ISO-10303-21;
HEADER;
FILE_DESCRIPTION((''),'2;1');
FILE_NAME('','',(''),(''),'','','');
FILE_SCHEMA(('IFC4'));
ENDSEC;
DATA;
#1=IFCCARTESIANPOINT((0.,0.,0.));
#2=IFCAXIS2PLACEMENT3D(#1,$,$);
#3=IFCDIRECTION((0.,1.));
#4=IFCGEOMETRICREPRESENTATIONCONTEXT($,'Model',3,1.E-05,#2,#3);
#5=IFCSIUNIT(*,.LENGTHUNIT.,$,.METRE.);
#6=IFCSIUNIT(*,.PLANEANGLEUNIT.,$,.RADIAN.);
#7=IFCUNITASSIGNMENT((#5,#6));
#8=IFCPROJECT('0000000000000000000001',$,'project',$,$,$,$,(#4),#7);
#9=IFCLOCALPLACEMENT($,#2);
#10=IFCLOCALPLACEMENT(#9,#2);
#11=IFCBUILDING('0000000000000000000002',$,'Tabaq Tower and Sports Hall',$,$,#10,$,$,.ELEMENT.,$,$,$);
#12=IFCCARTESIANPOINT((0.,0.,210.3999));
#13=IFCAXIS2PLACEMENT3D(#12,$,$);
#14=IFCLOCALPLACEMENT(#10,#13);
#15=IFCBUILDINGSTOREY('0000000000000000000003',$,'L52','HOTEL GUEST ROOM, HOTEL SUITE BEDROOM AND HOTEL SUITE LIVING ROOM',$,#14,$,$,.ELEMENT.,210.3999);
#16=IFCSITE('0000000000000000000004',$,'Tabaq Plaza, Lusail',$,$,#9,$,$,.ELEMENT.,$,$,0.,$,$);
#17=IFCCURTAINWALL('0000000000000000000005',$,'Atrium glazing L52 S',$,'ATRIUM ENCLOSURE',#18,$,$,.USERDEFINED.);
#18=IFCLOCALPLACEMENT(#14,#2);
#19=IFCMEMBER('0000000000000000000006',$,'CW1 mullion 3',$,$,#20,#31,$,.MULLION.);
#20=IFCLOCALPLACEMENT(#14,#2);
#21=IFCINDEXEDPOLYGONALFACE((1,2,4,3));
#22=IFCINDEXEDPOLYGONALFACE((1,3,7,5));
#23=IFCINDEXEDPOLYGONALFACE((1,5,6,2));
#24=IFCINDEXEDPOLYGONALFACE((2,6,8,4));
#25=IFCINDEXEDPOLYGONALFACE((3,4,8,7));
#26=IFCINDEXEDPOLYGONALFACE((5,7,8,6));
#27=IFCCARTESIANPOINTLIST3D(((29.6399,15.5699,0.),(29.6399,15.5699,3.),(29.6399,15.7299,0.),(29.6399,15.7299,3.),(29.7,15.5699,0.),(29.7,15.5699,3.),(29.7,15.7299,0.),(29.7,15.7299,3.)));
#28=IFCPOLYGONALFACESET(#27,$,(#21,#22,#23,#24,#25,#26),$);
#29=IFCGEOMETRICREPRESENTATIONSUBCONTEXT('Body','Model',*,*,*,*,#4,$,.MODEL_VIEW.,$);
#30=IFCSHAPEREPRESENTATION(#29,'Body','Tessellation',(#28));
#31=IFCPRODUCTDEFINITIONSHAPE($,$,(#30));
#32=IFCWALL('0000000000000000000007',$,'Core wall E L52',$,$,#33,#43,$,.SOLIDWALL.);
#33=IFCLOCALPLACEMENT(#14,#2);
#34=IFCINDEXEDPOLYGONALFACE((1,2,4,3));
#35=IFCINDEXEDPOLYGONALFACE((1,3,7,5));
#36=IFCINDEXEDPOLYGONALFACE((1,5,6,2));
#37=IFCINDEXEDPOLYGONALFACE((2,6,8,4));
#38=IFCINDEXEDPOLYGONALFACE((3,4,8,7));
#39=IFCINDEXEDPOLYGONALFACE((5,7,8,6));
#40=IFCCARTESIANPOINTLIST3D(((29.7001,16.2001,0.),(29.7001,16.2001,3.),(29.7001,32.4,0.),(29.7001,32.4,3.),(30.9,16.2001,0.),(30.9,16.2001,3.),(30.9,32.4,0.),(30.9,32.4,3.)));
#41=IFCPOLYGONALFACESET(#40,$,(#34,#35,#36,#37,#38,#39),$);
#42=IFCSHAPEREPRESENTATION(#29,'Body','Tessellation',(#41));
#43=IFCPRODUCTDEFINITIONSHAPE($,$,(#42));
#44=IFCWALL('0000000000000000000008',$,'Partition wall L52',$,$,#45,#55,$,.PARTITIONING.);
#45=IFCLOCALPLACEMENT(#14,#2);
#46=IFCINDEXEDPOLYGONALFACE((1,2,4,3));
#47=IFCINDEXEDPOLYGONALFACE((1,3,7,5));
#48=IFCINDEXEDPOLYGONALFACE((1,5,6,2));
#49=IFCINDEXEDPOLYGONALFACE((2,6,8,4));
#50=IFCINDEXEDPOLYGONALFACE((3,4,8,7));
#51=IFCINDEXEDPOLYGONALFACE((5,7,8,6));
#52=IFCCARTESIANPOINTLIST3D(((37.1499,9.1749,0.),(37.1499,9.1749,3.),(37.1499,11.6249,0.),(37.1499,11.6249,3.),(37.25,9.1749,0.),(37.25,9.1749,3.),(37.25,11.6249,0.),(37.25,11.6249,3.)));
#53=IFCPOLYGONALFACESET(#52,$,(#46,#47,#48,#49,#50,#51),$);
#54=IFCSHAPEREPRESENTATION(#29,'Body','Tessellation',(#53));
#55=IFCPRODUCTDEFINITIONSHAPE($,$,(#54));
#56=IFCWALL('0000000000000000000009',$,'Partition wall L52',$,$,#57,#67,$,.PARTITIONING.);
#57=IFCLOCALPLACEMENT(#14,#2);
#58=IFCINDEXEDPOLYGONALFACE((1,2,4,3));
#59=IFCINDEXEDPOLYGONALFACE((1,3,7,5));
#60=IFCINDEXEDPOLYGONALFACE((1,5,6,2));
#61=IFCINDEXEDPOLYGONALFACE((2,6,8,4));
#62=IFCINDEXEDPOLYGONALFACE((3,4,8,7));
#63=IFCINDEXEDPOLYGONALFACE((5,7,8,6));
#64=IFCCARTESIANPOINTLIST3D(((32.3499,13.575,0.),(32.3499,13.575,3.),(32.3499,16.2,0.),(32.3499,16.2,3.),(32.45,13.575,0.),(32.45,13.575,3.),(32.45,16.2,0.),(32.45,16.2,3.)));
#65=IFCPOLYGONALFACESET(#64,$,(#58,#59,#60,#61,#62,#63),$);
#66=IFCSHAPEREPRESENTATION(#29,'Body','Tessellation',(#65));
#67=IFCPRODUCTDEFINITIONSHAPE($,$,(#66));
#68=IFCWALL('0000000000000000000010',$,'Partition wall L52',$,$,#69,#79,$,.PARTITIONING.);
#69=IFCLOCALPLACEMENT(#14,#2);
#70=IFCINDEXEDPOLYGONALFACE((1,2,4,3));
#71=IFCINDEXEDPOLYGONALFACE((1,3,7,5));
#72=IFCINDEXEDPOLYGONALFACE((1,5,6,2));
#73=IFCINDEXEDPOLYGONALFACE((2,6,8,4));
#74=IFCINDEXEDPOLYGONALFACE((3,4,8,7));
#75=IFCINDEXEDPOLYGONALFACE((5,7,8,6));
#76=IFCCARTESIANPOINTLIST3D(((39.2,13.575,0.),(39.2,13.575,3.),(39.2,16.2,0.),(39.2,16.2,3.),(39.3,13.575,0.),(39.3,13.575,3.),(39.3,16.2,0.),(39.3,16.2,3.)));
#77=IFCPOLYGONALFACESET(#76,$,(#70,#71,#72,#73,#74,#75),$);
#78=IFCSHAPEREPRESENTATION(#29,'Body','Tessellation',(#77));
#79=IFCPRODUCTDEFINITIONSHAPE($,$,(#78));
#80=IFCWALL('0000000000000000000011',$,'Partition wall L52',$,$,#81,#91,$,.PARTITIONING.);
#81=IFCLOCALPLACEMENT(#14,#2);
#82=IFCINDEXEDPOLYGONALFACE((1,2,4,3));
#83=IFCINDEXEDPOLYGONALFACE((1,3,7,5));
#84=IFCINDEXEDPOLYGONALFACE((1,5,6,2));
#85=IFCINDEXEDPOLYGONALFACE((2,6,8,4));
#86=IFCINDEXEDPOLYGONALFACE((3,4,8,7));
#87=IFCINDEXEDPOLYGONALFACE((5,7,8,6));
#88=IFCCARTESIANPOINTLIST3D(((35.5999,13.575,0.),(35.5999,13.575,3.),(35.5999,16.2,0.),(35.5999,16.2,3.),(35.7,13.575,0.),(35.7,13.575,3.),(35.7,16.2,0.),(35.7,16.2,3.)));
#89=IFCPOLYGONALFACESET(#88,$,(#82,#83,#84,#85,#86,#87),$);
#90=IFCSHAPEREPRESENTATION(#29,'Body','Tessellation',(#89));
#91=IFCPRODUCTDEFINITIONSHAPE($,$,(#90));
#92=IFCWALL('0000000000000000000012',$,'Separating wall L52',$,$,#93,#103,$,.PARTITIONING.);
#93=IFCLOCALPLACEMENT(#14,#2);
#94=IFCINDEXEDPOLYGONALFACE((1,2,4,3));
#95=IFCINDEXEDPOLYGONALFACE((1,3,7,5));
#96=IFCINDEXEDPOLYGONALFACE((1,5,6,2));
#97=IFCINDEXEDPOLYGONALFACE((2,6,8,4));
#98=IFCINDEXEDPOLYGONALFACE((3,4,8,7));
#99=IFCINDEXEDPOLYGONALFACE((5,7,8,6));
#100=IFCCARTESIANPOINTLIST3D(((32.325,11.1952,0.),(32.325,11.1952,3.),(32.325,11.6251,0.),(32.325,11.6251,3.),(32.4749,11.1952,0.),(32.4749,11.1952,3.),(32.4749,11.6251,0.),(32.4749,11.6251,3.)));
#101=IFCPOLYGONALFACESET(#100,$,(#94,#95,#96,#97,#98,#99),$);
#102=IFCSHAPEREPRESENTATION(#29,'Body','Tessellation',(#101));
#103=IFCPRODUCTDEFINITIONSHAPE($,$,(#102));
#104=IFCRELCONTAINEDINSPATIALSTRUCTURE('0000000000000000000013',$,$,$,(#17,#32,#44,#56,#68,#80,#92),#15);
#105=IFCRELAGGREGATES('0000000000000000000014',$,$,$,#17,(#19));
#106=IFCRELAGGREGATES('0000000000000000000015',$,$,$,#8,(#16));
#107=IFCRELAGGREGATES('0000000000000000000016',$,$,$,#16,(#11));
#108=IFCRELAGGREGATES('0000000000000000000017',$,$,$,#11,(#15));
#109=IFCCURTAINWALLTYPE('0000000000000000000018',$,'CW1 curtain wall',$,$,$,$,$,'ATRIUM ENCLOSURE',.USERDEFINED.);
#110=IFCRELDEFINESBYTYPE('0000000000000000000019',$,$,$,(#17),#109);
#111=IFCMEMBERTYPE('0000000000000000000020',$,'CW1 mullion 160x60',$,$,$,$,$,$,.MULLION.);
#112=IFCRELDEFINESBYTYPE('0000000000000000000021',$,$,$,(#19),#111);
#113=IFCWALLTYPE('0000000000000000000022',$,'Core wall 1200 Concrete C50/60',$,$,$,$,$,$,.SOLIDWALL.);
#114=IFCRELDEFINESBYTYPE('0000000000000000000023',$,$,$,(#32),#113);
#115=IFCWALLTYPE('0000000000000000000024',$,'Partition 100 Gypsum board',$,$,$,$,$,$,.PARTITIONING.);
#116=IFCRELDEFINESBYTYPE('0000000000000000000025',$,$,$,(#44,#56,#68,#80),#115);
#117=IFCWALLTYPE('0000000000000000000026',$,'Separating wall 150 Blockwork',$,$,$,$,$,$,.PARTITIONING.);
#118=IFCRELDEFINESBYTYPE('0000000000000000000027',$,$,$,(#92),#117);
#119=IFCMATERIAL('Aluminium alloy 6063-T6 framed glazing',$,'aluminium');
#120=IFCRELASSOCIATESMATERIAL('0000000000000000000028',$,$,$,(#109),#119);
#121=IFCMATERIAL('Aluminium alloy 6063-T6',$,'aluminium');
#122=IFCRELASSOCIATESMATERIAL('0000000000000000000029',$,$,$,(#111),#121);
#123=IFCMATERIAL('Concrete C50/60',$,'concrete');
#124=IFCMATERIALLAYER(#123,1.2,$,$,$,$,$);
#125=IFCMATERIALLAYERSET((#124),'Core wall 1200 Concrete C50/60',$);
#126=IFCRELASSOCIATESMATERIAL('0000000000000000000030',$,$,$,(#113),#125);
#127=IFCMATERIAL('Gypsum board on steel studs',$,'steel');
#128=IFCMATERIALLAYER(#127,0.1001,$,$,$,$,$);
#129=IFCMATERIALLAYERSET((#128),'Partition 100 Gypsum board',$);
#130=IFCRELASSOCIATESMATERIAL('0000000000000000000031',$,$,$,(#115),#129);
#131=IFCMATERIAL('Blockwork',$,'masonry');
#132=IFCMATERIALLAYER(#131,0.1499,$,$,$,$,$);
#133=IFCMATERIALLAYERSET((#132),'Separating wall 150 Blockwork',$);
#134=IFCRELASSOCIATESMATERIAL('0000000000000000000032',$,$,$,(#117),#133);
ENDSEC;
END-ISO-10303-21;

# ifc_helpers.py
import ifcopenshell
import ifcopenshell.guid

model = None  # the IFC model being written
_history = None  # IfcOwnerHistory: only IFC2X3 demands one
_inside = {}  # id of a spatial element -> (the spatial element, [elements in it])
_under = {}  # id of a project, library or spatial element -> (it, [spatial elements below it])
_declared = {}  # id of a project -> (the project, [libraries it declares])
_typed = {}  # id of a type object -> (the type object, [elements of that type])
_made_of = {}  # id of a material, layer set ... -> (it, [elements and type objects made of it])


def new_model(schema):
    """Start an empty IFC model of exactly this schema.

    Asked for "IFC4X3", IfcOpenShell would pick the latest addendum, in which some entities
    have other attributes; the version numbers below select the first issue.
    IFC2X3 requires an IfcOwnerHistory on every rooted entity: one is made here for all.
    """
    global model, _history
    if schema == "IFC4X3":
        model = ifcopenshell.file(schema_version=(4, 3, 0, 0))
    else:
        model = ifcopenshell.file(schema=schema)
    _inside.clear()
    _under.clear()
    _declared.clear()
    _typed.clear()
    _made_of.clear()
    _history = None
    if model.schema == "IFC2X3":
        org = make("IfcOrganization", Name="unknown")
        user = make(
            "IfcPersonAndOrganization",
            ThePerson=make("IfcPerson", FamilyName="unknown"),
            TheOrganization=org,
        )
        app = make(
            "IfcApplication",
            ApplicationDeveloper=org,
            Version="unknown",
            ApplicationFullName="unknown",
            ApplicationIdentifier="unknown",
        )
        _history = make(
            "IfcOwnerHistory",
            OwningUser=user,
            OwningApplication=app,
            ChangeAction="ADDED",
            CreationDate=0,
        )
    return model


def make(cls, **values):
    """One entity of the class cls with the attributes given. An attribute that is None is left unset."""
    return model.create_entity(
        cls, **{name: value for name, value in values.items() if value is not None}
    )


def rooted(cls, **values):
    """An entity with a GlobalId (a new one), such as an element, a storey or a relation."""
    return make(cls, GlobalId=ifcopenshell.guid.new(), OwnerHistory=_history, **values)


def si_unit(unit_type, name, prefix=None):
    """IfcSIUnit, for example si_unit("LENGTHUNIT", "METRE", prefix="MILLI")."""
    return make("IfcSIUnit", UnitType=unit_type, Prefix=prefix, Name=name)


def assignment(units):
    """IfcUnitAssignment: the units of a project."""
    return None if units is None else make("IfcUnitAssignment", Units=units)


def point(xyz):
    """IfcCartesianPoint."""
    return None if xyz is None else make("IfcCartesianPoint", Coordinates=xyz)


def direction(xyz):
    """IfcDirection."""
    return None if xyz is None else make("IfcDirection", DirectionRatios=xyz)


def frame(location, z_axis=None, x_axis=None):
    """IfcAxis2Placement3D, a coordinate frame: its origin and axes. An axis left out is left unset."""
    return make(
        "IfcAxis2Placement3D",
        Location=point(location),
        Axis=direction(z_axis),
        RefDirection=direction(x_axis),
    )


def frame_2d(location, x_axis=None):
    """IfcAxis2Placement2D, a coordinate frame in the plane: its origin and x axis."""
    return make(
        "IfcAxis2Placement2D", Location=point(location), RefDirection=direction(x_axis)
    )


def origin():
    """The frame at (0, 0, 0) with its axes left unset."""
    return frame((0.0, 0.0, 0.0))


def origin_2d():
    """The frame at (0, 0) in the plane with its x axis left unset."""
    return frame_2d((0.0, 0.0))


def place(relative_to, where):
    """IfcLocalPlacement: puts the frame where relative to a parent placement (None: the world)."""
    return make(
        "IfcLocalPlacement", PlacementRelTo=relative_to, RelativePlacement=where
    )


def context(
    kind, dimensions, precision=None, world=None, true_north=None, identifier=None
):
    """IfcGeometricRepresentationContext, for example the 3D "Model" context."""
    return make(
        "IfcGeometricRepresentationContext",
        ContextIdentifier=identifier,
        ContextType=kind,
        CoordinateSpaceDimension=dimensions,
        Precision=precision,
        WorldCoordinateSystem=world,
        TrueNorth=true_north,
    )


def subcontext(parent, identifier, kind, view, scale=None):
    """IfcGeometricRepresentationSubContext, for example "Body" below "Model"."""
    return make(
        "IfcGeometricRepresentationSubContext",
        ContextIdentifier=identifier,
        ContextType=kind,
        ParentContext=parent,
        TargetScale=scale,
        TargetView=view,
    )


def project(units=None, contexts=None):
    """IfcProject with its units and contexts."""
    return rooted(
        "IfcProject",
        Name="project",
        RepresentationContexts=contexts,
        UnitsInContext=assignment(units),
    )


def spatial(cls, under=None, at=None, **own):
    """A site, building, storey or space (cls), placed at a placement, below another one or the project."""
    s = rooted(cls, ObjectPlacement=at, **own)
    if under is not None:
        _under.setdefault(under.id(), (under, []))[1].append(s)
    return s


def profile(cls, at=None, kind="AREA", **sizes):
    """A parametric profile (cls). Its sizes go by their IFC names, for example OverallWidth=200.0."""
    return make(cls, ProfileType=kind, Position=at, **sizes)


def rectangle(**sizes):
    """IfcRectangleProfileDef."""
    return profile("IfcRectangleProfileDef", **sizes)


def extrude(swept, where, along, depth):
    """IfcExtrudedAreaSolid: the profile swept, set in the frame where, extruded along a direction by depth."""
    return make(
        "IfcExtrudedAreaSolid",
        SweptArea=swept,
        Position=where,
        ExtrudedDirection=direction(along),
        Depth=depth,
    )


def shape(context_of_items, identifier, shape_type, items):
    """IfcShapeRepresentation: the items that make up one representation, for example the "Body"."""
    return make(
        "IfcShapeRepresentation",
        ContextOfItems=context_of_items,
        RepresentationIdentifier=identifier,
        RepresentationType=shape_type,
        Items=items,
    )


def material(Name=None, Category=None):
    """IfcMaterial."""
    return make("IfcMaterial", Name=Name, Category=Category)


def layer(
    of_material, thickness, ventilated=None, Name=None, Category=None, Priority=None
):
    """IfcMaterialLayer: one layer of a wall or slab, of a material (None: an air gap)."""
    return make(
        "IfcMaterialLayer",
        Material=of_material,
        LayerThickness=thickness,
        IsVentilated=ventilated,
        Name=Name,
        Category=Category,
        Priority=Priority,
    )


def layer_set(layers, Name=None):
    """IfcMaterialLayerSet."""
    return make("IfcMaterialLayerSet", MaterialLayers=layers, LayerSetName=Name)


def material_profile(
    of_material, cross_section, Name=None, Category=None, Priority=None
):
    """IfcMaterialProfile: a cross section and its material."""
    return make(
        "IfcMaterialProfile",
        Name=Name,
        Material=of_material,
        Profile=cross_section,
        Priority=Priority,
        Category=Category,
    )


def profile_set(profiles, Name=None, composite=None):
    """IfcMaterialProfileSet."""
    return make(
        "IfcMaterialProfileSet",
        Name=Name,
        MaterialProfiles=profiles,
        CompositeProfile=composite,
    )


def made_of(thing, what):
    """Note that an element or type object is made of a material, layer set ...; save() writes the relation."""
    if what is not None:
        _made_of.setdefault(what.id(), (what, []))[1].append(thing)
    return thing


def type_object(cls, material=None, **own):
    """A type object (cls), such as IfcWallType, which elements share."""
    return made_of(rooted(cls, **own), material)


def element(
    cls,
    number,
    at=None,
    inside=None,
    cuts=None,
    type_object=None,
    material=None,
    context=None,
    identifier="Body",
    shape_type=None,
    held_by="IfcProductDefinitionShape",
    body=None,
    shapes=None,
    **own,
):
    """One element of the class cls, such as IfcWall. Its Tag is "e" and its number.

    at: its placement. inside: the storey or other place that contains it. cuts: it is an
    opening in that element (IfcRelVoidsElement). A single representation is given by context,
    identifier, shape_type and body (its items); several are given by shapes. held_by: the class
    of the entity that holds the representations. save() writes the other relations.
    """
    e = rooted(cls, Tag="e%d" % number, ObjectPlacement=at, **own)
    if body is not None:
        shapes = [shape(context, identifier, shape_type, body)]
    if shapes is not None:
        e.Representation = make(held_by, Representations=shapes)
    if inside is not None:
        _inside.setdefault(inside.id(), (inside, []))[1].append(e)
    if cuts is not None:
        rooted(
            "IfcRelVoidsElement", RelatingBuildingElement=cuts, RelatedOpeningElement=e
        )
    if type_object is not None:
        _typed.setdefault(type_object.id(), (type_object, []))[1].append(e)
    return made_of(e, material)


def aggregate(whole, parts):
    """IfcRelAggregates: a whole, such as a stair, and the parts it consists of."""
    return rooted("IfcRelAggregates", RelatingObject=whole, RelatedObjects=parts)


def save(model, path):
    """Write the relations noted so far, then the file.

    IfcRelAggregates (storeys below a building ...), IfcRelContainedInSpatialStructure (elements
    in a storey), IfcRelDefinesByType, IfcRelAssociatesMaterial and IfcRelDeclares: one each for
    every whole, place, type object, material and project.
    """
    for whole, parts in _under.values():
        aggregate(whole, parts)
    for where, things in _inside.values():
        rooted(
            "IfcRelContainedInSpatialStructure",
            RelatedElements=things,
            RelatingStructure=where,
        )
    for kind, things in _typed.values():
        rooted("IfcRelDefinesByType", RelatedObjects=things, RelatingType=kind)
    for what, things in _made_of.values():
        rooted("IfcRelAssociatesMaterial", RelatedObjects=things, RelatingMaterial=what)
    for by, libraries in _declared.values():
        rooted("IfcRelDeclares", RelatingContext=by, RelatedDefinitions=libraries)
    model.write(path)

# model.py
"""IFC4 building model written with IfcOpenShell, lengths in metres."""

from ifc_helpers import new_model, si_unit, direction, frame, frame_2d, origin, origin_2d, place, context, subcontext, project, spatial, rectangle, extrude, material, layer, layer_set, material_profile, profile_set, type_object, element, aggregate, save


model = new_model("IFC4")

# Units and contexts
model_context = context("Model", 3, precision=1e-05, world=origin(), true_north=direction((0.0, 1.0)))
body_context = subcontext(model_context, "Body", "Model", "MODEL_VIEW")
ifc_project = project(units=[si_unit("LENGTHUNIT", "METRE"), si_unit("PLANEANGLEUNIT", "RADIAN")], contexts=[model_context])

# Site, building, storey
site_placement = place(None, origin())
site = spatial("IfcSite", under=ifc_project, at=site_placement, Name="Tabaq Plaza, Lusail", CompositionType="ELEMENT", RefElevation=0.0)
building_placement = place(site_placement, origin())
building = spatial("IfcBuilding", under=site, at=building_placement, Name="Tabaq Tower and Sports Hall", CompositionType="ELEMENT")
storey_placement = place(building_placement, frame((0.0, 0.0, 210.3999)))
storey = spatial("IfcBuildingStorey", under=building, at=storey_placement, Name="L52", Description="HOTEL GUEST ROOM, HOTEL SUITE BEDROOM AND HOTEL SUITE LIVING ROOM", CompositionType="ELEMENT", Elevation=210.3999)

# Curtain wall, member
ifc_material_1 = material(Name="Aluminium alloy 6063-T6 framed glazing", Category="aluminium")
curtain_wall_type = type_object("IfcCurtainWallType", Name="CW1 curtain wall", ElementType="ATRIUM ENCLOSURE", PredefinedType="USERDEFINED", material=ifc_material_1)
curtain_wall_placement = place(storey_placement, origin())
curtain_wall = element("IfcCurtainWall", 1, at=curtain_wall_placement, inside=storey, type_object=curtain_wall_type, Name="Atrium glazing L52 S", ObjectType="ATRIUM ENCLOSURE", PredefinedType="USERDEFINED")
ifc_material_2 = material(Name="Aluminium alloy 6063-T6", Category="aluminium")
ifc_material_profile = material_profile(ifc_material_2, rectangle(XDim=0.1599, YDim=0.0601, at=origin_2d()), Name="MULLION 160x60")
ifc_profile_set = profile_set([ifc_material_profile], Name="Aluminium alloy 6063-T6")
member_type = type_object("IfcMemberType", Name="CW1 mullion 160x60", PredefinedType="MULLION", material=ifc_profile_set)
member_placement = place(storey_placement, frame((29.6699, 15.6499, 0.0), z_axis=(0.0, 0.0, 1.0), x_axis=(0.0, 1.0, 0.0)))
member = element("IfcMember", 2, at=member_placement, type_object=member_type, Name="CW1 mullion 3", PredefinedType="MULLION", context=body_context, shape_type="SweptSolid", body=[
    extrude(rectangle(XDim=0.1599, YDim=0.0601, at=origin_2d()), origin(), (0.0, 0.0, 1.0), 3.0),
])
aggregate(curtain_wall, [member])

# Wall
ifc_material_3 = material(Name="Concrete C50/60", Category="concrete")
ifc_layer_1 = layer(ifc_material_3, 1.2)
ifc_layer_set_1 = layer_set([ifc_layer_1], Name="Core wall 1200 Concrete C50/60")
wall_type_1 = type_object("IfcWallType", Name="Core wall 1200 Concrete C50/60", PredefinedType="SOLIDWALL", material=ifc_layer_set_1)
wall_1_placement = place(storey_placement, frame((30.3, 16.2, 0.0), z_axis=(0.0, 0.0, 1.0), x_axis=(0.0, 1.0, 0.0)))
element("IfcWall", 3, at=wall_1_placement, inside=storey, type_object=wall_type_1, Name="Core wall E L52", PredefinedType="SOLIDWALL", context=body_context, shape_type="SweptSolid", body=[
    extrude(rectangle(XDim=16.2, YDim=1.2, at=frame_2d((8.1001, 0.0))), origin(), (0.0, 0.0, 1.0), 3.0),
])

# Walls
ifc_material_4 = material(Name="Gypsum board on steel studs", Category="steel")
ifc_layer_2 = layer(ifc_material_4, 0.1001)
ifc_layer_set_2 = layer_set([ifc_layer_2], Name="Partition 100 Gypsum board")
wall_type_2 = type_object("IfcWallType", Name="Partition 100 Gypsum board", PredefinedType="PARTITIONING", material=ifc_layer_set_2)
wall_2_placement = place(storey_placement, frame((37.2, 11.625, 0.0), z_axis=(0.0, 0.0, 1.0), x_axis=(0.0, -1.0, 0.0)))
element("IfcWall", 4, at=wall_2_placement, inside=storey, type_object=wall_type_2, Name="Partition wall L52", PredefinedType="PARTITIONING", context=body_context, shape_type="SweptSolid", body=[
    extrude(rectangle(XDim=2.45, YDim=0.1001, at=frame_2d((1.2251, 0.0))), origin(), (0.0, 0.0, 1.0), 3.0),
])
for number, where, z_axis, x_axis, name in (
    (5, (32.3999, 13.575, 0.0), (0.0, 0.0, 1.0), (0.0, 1.0, 0.0), "Partition wall L52"),
    (6, (39.25, 13.575, 0.0), (0.0, 0.0, 1.0), (0.0, 1.0, 0.0), "Partition wall L52"),
    (7, (35.6499, 16.2, 0.0), (0.0, 0.0, 1.0), (0.0, -1.0, 0.0), "Partition wall L52"),
):
    element("IfcWall", number, at=place(storey_placement, frame(where, z_axis=z_axis, x_axis=x_axis)), inside=storey, type_object=wall_type_2, Name=name, PredefinedType="PARTITIONING", context=body_context, shape_type="SweptSolid", body=[
        extrude(rectangle(XDim=2.625, YDim=0.1001, at=frame_2d((1.3125, 0.0))), origin(), (0.0, 0.0, 1.0), 3.0),
    ])
ifc_material_5 = material(Name="Blockwork", Category="masonry")
ifc_layer_3 = layer(ifc_material_5, 0.1499)
ifc_layer_set_3 = layer_set([ifc_layer_3], Name="Separating wall 150 Blockwork")
wall_type_3 = type_object("IfcWallType", Name="Separating wall 150 Blockwork", PredefinedType="PARTITIONING", material=ifc_layer_set_3)
wall_3_placement = place(storey_placement, frame((32.3999, 11.625, 0.0), z_axis=(0.0, 0.0, 1.0), x_axis=(0.0, -1.0, 0.0)))
element("IfcWall", 8, at=wall_3_placement, inside=storey, type_object=wall_type_3, Name="Separating wall L52", PredefinedType="PARTITIONING", context=body_context, shape_type="SweptSolid", body=[
    extrude(rectangle(XDim=0.4299, YDim=0.1499, at=frame_2d((0.2148, 0.0))), origin(), (0.0, 0.0, 1.0), 3.0),
])

save(model, "model.ifc")
